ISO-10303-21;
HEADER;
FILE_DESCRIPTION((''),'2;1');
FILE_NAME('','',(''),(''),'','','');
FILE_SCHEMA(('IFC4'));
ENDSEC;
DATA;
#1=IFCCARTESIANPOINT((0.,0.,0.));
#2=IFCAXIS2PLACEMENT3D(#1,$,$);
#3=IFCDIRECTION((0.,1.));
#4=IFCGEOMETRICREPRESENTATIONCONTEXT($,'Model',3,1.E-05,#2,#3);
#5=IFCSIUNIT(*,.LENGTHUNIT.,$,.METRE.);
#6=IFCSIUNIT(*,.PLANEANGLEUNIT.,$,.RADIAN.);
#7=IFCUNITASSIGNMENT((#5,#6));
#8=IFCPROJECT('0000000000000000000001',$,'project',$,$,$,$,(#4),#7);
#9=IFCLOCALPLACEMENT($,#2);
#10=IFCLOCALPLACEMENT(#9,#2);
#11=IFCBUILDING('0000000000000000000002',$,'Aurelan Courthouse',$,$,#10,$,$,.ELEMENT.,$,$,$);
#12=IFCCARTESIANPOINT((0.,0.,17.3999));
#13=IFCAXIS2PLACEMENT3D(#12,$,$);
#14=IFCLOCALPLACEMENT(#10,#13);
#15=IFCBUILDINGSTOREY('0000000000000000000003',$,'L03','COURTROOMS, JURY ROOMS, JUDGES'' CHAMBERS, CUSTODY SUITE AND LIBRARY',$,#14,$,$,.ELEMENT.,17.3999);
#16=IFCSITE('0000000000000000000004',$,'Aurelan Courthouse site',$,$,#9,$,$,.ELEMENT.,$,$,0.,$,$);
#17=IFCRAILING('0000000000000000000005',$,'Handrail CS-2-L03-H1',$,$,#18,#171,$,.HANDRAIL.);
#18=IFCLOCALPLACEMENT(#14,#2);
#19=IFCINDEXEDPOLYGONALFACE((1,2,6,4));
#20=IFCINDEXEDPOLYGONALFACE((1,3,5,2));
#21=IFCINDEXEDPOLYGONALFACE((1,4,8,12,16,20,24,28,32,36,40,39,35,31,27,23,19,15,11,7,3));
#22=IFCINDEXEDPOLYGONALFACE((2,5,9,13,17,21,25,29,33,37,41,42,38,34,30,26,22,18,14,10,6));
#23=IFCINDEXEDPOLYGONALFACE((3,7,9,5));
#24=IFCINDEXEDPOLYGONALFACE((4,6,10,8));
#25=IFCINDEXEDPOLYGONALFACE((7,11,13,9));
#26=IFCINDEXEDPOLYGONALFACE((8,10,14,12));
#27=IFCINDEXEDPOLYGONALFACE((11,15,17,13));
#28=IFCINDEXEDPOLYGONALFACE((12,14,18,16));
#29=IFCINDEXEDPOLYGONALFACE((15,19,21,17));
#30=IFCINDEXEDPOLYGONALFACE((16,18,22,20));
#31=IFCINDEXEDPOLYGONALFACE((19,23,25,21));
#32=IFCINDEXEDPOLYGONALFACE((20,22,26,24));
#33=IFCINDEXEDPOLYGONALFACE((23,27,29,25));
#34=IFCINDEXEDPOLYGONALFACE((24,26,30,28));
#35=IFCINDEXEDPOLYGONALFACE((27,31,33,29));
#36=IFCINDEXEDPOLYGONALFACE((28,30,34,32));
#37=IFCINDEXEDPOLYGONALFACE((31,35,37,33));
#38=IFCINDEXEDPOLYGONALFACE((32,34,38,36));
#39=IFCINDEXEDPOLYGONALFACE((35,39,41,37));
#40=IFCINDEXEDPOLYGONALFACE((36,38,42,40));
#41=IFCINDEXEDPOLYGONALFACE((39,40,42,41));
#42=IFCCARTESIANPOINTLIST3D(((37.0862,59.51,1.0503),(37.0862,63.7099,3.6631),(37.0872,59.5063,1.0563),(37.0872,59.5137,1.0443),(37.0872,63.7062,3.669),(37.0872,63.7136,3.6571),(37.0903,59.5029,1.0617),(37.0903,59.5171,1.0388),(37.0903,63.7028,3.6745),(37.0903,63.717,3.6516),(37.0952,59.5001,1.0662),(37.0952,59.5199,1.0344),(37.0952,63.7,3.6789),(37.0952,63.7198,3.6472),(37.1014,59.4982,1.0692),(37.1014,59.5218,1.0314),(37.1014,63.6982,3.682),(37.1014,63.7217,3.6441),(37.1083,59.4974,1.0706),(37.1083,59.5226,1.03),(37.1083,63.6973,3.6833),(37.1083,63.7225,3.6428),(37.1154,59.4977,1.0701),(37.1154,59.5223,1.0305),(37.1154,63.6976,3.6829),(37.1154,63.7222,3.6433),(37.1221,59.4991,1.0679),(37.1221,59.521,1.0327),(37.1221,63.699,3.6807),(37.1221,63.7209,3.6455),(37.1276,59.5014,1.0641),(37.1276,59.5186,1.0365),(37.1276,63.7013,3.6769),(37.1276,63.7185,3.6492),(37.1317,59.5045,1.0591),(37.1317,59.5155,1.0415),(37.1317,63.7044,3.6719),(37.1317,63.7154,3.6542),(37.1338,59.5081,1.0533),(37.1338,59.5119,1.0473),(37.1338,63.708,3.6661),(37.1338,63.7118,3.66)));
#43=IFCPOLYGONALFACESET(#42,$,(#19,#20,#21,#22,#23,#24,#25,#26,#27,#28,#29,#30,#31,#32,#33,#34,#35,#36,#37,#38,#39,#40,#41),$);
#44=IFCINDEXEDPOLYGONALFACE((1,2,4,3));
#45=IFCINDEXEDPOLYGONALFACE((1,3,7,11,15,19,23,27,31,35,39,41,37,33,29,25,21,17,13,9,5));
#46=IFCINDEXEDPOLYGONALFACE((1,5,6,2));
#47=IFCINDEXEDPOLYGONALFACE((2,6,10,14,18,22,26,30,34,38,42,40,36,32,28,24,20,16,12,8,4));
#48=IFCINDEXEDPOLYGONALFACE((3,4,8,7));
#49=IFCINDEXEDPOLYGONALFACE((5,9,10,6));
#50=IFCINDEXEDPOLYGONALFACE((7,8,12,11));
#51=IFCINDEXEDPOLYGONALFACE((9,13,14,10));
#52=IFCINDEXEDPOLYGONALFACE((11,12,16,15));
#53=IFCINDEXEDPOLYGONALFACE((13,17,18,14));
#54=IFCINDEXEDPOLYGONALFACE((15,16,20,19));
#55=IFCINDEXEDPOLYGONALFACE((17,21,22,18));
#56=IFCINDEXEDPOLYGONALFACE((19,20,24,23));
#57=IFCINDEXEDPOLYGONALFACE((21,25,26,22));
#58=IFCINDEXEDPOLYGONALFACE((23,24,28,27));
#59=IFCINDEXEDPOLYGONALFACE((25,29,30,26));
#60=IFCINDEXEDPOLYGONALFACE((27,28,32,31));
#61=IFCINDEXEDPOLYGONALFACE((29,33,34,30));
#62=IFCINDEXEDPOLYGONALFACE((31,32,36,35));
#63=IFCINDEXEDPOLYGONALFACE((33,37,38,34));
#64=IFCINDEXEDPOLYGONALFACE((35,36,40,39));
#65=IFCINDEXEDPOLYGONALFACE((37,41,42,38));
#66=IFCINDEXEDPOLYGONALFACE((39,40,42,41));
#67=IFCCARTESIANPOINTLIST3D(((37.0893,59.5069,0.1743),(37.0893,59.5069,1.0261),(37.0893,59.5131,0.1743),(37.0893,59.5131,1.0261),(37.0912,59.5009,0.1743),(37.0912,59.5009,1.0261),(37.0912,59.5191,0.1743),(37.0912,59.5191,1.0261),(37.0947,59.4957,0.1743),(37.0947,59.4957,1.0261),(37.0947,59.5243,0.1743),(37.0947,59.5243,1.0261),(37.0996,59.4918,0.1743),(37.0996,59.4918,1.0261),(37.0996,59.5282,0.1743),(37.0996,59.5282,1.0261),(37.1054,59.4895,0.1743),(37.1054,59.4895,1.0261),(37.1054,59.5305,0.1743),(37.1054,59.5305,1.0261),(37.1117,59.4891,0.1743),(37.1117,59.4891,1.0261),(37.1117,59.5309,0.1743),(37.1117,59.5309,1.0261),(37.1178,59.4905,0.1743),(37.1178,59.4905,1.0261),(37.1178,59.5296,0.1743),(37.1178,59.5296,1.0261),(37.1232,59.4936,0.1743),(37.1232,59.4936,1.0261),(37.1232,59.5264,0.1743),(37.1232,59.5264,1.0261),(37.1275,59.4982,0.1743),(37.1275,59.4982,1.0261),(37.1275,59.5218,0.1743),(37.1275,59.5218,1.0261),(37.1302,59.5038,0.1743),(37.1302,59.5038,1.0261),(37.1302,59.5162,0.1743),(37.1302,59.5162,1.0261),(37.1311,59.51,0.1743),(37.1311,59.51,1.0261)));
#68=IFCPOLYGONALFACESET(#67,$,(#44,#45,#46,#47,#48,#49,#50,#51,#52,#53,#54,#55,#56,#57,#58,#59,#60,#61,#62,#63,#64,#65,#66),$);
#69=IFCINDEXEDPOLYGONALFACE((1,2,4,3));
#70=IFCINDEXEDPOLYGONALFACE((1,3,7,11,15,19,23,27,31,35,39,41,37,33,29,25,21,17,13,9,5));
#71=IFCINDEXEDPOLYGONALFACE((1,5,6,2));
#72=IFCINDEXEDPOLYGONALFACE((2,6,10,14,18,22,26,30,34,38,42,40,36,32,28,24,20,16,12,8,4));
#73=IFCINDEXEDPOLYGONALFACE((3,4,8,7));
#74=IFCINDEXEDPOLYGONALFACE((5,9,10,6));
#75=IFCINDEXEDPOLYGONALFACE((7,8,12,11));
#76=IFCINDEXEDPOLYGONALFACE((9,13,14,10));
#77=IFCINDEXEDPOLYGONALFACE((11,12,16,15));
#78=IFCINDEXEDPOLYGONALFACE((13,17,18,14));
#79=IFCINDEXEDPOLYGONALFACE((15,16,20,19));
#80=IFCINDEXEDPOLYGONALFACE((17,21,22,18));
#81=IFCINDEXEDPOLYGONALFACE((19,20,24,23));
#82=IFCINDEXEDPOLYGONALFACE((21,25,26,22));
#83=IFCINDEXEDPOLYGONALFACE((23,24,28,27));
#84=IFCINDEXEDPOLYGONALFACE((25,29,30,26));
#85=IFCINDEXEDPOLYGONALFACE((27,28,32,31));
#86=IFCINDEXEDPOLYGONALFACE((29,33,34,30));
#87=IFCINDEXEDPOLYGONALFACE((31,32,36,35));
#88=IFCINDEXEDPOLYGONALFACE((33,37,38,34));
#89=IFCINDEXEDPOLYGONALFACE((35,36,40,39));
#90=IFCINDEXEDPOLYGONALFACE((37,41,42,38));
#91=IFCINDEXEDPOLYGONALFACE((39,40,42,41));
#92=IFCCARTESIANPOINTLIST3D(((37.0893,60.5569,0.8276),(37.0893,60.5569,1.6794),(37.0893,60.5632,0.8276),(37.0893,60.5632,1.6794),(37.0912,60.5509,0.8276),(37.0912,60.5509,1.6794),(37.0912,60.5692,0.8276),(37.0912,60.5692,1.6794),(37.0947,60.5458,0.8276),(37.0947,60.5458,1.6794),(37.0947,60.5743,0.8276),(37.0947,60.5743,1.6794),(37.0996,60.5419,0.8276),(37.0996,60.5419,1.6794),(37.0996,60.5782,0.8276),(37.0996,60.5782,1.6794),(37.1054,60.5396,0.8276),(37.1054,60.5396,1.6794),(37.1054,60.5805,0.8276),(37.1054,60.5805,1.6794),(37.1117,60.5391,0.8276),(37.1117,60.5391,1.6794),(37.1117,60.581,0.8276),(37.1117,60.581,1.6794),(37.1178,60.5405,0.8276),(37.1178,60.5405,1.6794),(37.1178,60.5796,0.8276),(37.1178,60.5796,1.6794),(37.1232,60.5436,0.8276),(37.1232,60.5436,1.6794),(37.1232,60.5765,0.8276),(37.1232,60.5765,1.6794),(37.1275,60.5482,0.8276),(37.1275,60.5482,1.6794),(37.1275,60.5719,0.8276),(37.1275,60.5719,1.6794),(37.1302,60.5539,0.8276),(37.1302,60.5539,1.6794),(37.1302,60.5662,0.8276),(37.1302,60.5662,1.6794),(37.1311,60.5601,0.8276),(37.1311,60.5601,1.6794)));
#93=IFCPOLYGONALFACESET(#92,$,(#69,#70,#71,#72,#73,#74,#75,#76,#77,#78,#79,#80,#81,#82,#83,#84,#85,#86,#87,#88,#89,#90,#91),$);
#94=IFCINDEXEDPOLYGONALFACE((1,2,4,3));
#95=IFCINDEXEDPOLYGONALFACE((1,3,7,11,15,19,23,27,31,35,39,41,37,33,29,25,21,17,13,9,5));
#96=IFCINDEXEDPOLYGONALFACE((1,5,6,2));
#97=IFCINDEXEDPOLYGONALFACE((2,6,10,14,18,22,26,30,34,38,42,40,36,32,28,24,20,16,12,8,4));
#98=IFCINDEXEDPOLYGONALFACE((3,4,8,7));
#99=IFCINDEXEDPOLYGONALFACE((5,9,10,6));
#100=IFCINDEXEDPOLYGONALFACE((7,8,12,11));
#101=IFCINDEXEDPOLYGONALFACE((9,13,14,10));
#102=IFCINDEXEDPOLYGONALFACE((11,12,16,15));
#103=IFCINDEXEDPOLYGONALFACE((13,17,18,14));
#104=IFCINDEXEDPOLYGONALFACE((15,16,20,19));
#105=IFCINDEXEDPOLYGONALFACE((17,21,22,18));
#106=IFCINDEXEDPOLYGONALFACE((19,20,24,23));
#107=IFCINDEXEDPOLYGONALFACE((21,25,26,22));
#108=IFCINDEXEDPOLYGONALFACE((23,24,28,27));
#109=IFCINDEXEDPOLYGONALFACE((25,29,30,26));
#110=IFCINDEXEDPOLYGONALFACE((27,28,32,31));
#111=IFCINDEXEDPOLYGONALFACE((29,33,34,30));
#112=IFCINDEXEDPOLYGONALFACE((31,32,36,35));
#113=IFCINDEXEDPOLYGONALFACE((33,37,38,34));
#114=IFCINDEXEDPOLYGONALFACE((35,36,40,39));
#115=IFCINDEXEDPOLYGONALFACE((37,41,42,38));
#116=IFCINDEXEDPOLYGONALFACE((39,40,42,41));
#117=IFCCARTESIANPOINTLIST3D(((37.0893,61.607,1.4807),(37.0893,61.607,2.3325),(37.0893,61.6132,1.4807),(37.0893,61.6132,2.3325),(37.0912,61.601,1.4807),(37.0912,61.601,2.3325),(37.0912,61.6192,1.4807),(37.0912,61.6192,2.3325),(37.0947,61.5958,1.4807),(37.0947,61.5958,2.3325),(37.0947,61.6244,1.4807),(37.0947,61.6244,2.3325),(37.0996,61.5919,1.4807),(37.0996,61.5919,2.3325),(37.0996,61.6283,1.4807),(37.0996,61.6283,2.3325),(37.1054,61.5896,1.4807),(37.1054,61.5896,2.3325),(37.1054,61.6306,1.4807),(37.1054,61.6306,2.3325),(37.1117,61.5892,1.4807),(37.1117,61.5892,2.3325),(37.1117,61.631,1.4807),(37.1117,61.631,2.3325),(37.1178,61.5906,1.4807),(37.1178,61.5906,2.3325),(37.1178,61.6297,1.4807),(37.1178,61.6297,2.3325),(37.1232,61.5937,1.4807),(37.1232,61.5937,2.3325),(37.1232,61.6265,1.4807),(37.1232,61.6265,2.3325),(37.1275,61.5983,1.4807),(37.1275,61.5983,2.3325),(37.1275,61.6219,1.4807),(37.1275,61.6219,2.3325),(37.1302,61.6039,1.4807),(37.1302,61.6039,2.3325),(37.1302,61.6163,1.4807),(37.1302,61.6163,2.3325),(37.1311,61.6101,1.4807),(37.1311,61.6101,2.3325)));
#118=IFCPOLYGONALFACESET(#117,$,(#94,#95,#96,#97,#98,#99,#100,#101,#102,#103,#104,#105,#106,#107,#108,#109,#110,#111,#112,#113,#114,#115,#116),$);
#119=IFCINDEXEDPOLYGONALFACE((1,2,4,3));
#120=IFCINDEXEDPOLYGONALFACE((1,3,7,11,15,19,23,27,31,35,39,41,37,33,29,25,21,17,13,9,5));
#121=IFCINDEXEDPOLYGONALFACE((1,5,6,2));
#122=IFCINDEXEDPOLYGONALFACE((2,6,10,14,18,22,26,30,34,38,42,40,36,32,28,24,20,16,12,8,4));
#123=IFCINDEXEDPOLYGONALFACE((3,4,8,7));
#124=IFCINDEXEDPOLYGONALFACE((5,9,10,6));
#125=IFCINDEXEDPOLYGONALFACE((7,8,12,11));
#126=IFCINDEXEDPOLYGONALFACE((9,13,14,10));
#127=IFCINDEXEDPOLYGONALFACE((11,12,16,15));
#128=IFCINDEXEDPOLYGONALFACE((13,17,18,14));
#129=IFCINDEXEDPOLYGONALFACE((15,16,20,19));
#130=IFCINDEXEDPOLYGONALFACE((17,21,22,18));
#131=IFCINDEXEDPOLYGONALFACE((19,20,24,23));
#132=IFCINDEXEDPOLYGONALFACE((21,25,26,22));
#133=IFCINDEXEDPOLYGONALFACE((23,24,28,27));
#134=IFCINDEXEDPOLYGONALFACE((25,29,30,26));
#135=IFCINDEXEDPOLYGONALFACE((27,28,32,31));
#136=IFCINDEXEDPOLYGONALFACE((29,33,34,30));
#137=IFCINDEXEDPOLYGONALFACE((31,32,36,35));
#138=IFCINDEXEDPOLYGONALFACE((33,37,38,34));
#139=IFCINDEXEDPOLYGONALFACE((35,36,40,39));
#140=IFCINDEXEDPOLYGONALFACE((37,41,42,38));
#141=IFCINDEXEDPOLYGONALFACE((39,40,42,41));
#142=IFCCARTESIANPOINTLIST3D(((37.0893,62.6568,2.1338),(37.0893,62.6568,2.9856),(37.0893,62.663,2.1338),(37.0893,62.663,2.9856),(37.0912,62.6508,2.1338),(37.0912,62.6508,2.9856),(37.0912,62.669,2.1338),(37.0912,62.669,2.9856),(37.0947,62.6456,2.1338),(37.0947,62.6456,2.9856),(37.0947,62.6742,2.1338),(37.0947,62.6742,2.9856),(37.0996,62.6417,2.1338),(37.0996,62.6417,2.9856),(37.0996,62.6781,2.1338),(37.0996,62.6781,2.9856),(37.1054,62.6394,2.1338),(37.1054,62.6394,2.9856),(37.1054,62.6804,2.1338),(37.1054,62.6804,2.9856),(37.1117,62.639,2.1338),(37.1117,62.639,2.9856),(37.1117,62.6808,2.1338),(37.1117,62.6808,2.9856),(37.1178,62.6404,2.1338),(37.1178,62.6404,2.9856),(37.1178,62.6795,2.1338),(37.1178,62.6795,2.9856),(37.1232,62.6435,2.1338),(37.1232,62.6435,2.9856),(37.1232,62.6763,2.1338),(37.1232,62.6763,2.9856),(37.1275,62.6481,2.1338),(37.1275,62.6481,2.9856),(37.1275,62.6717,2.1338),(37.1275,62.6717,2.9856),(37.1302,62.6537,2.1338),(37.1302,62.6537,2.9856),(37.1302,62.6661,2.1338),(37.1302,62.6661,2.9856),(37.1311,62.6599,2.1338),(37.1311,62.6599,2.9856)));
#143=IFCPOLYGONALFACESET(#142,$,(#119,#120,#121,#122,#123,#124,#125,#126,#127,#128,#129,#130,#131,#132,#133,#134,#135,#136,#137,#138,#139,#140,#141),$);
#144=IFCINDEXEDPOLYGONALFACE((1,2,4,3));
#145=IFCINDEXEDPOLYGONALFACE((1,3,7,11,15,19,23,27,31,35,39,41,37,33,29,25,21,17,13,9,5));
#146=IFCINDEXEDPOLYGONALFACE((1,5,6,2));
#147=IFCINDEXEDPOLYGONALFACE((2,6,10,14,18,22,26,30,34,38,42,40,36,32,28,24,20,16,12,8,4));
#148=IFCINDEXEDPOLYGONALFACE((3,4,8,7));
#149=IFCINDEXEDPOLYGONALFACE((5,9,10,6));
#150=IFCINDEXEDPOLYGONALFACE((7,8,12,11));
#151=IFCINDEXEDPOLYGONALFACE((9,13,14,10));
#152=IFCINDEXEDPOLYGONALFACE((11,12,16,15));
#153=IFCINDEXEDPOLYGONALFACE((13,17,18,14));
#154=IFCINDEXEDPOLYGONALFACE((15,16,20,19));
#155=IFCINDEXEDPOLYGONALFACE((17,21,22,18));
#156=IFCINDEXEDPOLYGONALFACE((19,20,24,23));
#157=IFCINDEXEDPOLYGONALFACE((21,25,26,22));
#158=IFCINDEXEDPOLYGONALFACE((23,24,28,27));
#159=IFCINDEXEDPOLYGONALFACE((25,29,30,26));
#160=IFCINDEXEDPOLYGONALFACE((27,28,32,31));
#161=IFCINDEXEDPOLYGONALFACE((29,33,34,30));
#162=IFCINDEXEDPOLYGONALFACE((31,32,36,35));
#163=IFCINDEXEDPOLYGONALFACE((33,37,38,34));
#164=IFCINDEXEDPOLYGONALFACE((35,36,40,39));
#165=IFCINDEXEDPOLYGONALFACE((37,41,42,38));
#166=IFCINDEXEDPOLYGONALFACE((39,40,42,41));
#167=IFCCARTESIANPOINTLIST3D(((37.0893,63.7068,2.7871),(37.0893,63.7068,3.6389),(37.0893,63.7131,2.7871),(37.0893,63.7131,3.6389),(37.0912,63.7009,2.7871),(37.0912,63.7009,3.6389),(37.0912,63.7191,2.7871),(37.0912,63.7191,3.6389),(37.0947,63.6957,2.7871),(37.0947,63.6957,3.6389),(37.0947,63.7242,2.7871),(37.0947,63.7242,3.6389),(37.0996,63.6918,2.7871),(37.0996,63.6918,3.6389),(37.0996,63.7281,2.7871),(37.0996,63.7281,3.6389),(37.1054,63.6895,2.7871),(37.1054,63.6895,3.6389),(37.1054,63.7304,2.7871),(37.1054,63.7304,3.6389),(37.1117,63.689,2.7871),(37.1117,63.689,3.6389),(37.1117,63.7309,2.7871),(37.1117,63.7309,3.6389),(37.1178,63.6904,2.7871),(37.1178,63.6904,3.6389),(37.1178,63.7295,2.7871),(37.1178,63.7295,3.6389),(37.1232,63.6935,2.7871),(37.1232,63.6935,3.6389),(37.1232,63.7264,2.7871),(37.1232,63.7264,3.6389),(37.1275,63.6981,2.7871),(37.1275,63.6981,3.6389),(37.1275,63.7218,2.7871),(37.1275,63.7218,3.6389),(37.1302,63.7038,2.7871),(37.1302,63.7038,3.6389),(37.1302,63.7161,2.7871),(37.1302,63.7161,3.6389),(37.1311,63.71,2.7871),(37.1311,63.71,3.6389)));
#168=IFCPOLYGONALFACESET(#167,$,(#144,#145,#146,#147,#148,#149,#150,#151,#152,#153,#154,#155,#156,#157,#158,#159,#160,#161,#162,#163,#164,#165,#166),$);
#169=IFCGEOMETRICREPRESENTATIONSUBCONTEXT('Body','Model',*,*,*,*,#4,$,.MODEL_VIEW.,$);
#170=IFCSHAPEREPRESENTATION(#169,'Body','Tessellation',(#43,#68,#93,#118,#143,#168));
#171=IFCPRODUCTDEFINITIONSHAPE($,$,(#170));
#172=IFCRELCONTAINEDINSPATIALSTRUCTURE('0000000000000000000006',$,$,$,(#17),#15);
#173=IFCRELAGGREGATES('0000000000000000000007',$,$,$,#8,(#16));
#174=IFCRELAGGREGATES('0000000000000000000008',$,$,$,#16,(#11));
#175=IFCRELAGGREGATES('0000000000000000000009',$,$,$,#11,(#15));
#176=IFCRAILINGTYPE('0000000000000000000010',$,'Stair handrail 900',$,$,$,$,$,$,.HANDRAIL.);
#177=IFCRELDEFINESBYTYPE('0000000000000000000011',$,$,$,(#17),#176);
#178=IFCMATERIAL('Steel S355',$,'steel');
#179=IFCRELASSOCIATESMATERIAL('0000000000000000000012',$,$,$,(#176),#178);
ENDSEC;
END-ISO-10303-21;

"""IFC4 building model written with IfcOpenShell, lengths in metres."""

from ifc_helpers import new_model, si_unit, direction, frame, origin, origin_2d, place, context, subcontext, project, spatial, circle, extrude, material, type_object, element, save


model = new_model("IFC4")

# Units and contexts
model_context = context("Model", 3, precision=1e-05, world=origin(), true_north=direction((0.0, 1.0)))
body_context = subcontext(model_context, "Body", "Model", "MODEL_VIEW")
ifc_project = project(units=[si_unit("LENGTHUNIT", "METRE"), si_unit("PLANEANGLEUNIT", "RADIAN")], contexts=[model_context])

# Site, building, storey
site_placement = place(None, origin())
site = spatial("IfcSite", under=ifc_project, at=site_placement, Name="Aurelan Courthouse site", CompositionType="ELEMENT", RefElevation=0.0)
building_placement = place(site_placement, origin())
building = spatial("IfcBuilding", under=site, at=building_placement, Name="Aurelan Courthouse", CompositionType="ELEMENT")
storey_placement = place(building_placement, frame((0.0, 0.0, 17.3999)))
storey = spatial("IfcBuildingStorey", under=building, at=storey_placement, Name="L03", Description="COURTROOMS, JURY ROOMS, JUDGES' CHAMBERS, CUSTODY SUITE AND LIBRARY", CompositionType="ELEMENT", Elevation=17.3999)

# Railing
ifc_material_1 = material(Name="Steel S355", Category="steel")
railing_type_1 = type_object("IfcRailingType", Name="Stair handrail 900", PredefinedType="HANDRAIL", material=ifc_material_1)
for number, where, name in (
    (1, (37.1101, 59.51, 0.1743), "Handrail CS-2-L03-H1"),
):
    element("IfcRailing", number, at=place(storey_placement, frame(where)), inside=storey, type_object=railing_type_1, Name=name, PredefinedType="HANDRAIL", context=body_context, shape_type="SweptSolid", body=[
        extrude(circle(Radius=0.0239, at=origin_2d()), frame((0.0, 0.0, 0.876), z_axis=(0.0, 0.849103, 0.528228), x_axis=(-1.0, 0.0, 0.0)), (0.0, 0.0, 1.0), 4.9463),
        extrude(circle(Radius=0.021, at=origin_2d()), origin(), (0.0, 0.0, 1.0), 0.8518),
        extrude(circle(Radius=0.021, at=origin_2d()), frame((0.0, 1.05, 0.6533)), (0.0, 0.0, 1.0), 0.8518),
        extrude(circle(Radius=0.021, at=origin_2d()), frame((0.0, 2.1001, 1.3064)), (0.0, 0.0, 1.0), 0.8518),
        extrude(circle(Radius=0.021, at=origin_2d()), frame((0.0, 3.1499, 1.9595)), (0.0, 0.0, 1.0), 0.8518),
        extrude(circle(Radius=0.021, at=origin_2d()), frame((0.0, 4.2, 2.6128)), (0.0, 0.0, 1.0), 0.8518),
    ])

save(model, "model.ifc")
